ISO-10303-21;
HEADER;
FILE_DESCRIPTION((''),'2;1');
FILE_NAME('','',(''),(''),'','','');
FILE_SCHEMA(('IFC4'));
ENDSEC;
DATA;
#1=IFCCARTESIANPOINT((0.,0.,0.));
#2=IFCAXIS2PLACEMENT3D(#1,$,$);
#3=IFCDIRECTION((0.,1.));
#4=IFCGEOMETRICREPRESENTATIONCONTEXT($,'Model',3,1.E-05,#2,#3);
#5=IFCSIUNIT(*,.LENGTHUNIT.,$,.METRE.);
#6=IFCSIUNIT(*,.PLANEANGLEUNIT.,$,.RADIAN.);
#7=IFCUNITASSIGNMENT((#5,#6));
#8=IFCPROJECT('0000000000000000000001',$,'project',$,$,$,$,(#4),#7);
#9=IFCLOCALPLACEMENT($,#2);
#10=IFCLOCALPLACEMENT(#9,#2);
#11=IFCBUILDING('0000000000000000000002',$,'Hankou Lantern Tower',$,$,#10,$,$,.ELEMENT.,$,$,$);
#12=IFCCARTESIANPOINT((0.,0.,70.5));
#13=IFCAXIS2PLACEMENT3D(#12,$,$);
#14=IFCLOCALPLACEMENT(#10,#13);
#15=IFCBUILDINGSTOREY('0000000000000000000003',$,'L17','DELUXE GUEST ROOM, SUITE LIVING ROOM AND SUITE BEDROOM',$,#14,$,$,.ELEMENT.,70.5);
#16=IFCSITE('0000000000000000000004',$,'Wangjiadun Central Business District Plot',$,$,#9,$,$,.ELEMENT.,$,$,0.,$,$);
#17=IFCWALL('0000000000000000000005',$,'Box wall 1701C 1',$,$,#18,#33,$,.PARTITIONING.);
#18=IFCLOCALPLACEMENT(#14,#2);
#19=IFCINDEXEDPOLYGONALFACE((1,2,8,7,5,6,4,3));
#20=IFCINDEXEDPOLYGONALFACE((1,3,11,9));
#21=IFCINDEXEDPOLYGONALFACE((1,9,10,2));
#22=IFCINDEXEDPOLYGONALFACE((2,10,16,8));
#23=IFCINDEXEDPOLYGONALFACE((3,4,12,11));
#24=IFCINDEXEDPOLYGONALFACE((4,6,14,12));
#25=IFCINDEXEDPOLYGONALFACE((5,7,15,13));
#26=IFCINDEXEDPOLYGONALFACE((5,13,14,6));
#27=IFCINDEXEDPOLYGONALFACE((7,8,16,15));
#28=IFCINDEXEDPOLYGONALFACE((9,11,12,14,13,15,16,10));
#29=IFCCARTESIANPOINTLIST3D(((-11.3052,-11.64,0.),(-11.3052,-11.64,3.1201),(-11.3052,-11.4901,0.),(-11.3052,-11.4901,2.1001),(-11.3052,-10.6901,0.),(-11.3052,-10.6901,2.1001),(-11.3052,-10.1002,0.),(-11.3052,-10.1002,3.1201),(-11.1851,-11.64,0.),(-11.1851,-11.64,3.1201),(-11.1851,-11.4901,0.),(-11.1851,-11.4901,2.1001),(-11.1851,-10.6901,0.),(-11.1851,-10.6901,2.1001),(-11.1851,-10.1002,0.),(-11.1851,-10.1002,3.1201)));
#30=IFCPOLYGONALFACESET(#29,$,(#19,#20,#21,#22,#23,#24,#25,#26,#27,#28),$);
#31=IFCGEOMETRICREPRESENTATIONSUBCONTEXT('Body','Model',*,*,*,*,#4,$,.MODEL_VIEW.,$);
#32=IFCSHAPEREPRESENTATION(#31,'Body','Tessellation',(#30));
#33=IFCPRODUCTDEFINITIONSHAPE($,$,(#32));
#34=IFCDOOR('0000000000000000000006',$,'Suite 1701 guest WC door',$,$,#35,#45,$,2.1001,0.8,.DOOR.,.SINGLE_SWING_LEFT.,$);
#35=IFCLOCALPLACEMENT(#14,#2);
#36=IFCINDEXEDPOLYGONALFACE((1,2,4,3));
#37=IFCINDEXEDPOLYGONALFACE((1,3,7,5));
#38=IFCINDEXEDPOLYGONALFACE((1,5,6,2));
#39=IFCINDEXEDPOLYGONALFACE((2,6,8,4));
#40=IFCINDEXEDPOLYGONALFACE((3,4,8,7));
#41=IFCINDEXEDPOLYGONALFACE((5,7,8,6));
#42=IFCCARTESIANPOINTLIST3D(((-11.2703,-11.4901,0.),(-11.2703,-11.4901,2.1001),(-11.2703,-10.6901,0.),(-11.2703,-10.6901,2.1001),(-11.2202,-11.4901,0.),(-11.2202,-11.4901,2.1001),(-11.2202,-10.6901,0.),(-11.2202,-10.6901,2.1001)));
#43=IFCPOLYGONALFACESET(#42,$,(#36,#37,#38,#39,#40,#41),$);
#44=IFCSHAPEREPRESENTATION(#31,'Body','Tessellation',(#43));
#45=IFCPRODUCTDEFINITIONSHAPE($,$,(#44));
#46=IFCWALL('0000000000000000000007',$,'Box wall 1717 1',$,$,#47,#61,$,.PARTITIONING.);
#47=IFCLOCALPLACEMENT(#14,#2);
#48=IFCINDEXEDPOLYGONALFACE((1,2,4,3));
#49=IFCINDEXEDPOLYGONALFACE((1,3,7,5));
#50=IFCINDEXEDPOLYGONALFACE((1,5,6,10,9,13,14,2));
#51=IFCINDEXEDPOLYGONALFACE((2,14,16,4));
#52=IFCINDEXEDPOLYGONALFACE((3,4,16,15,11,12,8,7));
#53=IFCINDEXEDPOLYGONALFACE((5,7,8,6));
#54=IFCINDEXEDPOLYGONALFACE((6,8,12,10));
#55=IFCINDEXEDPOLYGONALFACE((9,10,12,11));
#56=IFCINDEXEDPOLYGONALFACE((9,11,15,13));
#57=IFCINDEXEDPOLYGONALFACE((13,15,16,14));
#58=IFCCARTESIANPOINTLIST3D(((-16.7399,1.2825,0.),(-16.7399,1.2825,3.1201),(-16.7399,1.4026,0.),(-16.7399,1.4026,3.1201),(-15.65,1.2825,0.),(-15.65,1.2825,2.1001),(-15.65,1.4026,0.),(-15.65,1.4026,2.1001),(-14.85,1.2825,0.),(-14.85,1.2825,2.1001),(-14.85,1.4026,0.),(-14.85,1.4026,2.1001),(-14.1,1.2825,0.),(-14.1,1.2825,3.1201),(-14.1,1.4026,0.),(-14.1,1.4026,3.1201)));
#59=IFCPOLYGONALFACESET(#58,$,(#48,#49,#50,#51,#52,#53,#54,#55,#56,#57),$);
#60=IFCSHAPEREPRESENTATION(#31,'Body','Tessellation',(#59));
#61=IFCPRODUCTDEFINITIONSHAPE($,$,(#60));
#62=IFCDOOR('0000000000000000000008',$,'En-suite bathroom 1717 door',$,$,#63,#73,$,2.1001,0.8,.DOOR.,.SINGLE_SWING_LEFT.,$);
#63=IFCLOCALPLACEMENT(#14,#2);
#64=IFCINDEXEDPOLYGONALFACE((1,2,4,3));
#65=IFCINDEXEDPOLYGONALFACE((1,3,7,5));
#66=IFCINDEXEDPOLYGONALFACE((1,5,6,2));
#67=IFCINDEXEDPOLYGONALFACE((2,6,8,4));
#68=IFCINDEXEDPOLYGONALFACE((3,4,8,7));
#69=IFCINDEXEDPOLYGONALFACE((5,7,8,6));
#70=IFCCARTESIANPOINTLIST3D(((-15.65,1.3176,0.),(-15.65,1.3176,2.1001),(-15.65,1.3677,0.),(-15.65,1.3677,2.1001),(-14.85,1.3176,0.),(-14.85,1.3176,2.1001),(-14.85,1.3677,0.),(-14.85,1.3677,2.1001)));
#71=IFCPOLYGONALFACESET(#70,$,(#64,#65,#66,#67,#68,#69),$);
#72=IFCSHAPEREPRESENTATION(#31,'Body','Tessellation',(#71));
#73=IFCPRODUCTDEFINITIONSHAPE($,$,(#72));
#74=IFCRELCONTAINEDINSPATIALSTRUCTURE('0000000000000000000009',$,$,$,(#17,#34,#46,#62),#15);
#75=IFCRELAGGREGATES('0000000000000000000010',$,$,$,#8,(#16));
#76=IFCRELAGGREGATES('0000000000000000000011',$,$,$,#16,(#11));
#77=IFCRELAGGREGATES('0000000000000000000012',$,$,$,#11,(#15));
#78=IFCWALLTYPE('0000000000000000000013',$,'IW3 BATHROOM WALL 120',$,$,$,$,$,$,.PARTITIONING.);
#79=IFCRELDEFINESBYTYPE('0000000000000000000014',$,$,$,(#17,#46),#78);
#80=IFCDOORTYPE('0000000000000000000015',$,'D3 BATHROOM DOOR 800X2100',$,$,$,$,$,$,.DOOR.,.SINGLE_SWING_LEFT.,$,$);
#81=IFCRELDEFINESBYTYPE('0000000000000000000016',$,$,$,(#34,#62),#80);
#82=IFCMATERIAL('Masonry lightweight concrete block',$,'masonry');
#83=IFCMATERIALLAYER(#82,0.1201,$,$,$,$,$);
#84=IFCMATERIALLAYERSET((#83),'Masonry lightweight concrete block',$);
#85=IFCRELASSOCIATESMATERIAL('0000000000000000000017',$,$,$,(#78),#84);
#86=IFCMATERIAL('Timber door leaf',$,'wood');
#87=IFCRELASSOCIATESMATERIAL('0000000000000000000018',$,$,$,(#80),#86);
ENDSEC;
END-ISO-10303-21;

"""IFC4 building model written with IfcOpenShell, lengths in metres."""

from ifc_helpers import new_model, si_unit, direction, frame, frame_2d, origin, place, context, subcontext, project, spatial, rectangle, extrude, material, layer, layer_set, type_object, element, fill, save


model = new_model("IFC4")

# Units and contexts
model_context = context("Model", 3, precision=1e-05, world=origin(), true_north=direction((0.0, 1.0)))
body_context = subcontext(model_context, "Body", "Model", "MODEL_VIEW")
ifc_project = project(units=[si_unit("LENGTHUNIT", "METRE"), si_unit("PLANEANGLEUNIT", "RADIAN")], contexts=[model_context])

# Site, building, storey
site_placement = place(None, origin())
site = spatial("IfcSite", under=ifc_project, at=site_placement, Name="Wangjiadun Central Business District Plot", CompositionType="ELEMENT", RefElevation=0.0)
building_placement = place(site_placement, origin())
building = spatial("IfcBuilding", under=site, at=building_placement, Name="Hankou Lantern Tower", CompositionType="ELEMENT")
storey_placement = place(building_placement, frame((0.0, 0.0, 70.5)))
storey = spatial("IfcBuildingStorey", under=building, at=storey_placement, Name="L17", Description="DELUXE GUEST ROOM, SUITE LIVING ROOM AND SUITE BEDROOM", CompositionType="ELEMENT", Elevation=70.5)

# Walls, openings, doors
ifc_material_1 = material(Name="Masonry lightweight concrete block", Category="masonry")
ifc_layer_1 = layer(ifc_material_1, 0.1201)
ifc_layer_set_1 = layer_set([ifc_layer_1], Name="Masonry lightweight concrete block")
wall_type_1 = type_object("IfcWallType", Name="IW3 BATHROOM WALL 120", PredefinedType="PARTITIONING", material=ifc_layer_set_1)
wall_1_placement = place(storey_placement, frame((-11.2451, -10.1001, 0.0), z_axis=(0.0, 0.0, 1.0), x_axis=(0.0, -1.0, 0.0)))
wall_1 = element("IfcWall", 1, at=wall_1_placement, inside=storey, type_object=wall_type_1, Name="Box wall 1701C 1", PredefinedType="PARTITIONING", context=body_context, shape_type="SweptSolid", body=[
    extrude(rectangle(XDim=1.5398, YDim=0.1201, at=frame_2d((0.77, 0.0))), origin(), (0.0, 0.0, 1.0), 3.1201),
])
opening_1_placement = place(wall_1_placement, frame((0.5901, 0.0, 0.0)))
opening_1 = element("IfcOpeningElement", 2, at=opening_1_placement, cuts=wall_1, PredefinedType="OPENING", context=body_context, shape_type="SweptSolid", body=[
    extrude(rectangle(XDim=0.8, YDim=2.1001, at=frame_2d((0.3999, 1.05))), frame((0.0, 0.0701, 0.0), z_axis=(0.0, -1.0, 0.0), x_axis=(1.0, 0.0, 0.0)), (0.0, 0.0, 1.0), 0.1401),
])
ifc_material_2 = material(Name="Timber door leaf", Category="wood")
door_type_1 = type_object("IfcDoorType", Name="D3 BATHROOM DOOR 800X2100", OperationType="SINGLE_SWING_LEFT", PredefinedType="DOOR", material=ifc_material_2)
door_1_placement = place(opening_1_placement, origin())
door_1 = element("IfcDoor", 3, at=door_1_placement, inside=storey, type_object=door_type_1, Name="Suite 1701 guest WC door", OperationType="SINGLE_SWING_LEFT", OverallHeight=2.1001, OverallWidth=0.8, PredefinedType="DOOR", context=body_context, shape_type="SweptSolid", body=[
    extrude(rectangle(XDim=0.8, YDim=2.1001, at=frame_2d((0.3999, 1.05))), frame((0.0, 0.0249, 0.0), z_axis=(0.0, -1.0, 0.0), x_axis=(1.0, 0.0, 0.0)), (0.0, 0.0, 1.0), 0.05),
])
fill(opening_1, door_1)
wall_2_placement = place(storey_placement, frame((-14.1001, 1.3425, 0.0), z_axis=(0.0, 0.0, 1.0), x_axis=(-1.0, 0.0, 0.0)))
wall_2 = element("IfcWall", 4, at=wall_2_placement, inside=storey, type_object=wall_type_1, Name="Box wall 1717 1", PredefinedType="PARTITIONING", context=body_context, shape_type="SweptSolid", body=[
    extrude(rectangle(XDim=2.6399, YDim=0.1201, at=frame_2d((1.3198, 0.0))), origin(), (0.0, 0.0, 1.0), 3.1201),
])
opening_2_placement = place(wall_2_placement, frame((0.75, 0.0, 0.0)))
opening_2 = element("IfcOpeningElement", 5, at=opening_2_placement, cuts=wall_2, PredefinedType="OPENING", context=body_context, shape_type="SweptSolid", body=[
    extrude(rectangle(XDim=0.8, YDim=2.1001, at=frame_2d((0.3999, 1.05))), frame((0.0, 0.0701, 0.0), z_axis=(0.0, -1.0, 0.0), x_axis=(1.0, 0.0, 0.0)), (0.0, 0.0, 1.0), 0.1401),
])
door_2_placement = place(opening_2_placement, origin())
door_2 = element("IfcDoor", 6, at=door_2_placement, inside=storey, type_object=door_type_1, Name="En-suite bathroom 1717 door", OperationType="SINGLE_SWING_LEFT", OverallHeight=2.1001, OverallWidth=0.8, PredefinedType="DOOR", context=body_context, shape_type="SweptSolid", body=[
    extrude(rectangle(XDim=0.8, YDim=2.1001, at=frame_2d((0.3999, 1.05))), frame((0.0, 0.0249, 0.0), z_axis=(0.0, -1.0, 0.0), x_axis=(1.0, 0.0, 0.0)), (0.0, 0.0, 1.0), 0.05),
])
fill(opening_2, door_2)

save(model, "model.ifc")
